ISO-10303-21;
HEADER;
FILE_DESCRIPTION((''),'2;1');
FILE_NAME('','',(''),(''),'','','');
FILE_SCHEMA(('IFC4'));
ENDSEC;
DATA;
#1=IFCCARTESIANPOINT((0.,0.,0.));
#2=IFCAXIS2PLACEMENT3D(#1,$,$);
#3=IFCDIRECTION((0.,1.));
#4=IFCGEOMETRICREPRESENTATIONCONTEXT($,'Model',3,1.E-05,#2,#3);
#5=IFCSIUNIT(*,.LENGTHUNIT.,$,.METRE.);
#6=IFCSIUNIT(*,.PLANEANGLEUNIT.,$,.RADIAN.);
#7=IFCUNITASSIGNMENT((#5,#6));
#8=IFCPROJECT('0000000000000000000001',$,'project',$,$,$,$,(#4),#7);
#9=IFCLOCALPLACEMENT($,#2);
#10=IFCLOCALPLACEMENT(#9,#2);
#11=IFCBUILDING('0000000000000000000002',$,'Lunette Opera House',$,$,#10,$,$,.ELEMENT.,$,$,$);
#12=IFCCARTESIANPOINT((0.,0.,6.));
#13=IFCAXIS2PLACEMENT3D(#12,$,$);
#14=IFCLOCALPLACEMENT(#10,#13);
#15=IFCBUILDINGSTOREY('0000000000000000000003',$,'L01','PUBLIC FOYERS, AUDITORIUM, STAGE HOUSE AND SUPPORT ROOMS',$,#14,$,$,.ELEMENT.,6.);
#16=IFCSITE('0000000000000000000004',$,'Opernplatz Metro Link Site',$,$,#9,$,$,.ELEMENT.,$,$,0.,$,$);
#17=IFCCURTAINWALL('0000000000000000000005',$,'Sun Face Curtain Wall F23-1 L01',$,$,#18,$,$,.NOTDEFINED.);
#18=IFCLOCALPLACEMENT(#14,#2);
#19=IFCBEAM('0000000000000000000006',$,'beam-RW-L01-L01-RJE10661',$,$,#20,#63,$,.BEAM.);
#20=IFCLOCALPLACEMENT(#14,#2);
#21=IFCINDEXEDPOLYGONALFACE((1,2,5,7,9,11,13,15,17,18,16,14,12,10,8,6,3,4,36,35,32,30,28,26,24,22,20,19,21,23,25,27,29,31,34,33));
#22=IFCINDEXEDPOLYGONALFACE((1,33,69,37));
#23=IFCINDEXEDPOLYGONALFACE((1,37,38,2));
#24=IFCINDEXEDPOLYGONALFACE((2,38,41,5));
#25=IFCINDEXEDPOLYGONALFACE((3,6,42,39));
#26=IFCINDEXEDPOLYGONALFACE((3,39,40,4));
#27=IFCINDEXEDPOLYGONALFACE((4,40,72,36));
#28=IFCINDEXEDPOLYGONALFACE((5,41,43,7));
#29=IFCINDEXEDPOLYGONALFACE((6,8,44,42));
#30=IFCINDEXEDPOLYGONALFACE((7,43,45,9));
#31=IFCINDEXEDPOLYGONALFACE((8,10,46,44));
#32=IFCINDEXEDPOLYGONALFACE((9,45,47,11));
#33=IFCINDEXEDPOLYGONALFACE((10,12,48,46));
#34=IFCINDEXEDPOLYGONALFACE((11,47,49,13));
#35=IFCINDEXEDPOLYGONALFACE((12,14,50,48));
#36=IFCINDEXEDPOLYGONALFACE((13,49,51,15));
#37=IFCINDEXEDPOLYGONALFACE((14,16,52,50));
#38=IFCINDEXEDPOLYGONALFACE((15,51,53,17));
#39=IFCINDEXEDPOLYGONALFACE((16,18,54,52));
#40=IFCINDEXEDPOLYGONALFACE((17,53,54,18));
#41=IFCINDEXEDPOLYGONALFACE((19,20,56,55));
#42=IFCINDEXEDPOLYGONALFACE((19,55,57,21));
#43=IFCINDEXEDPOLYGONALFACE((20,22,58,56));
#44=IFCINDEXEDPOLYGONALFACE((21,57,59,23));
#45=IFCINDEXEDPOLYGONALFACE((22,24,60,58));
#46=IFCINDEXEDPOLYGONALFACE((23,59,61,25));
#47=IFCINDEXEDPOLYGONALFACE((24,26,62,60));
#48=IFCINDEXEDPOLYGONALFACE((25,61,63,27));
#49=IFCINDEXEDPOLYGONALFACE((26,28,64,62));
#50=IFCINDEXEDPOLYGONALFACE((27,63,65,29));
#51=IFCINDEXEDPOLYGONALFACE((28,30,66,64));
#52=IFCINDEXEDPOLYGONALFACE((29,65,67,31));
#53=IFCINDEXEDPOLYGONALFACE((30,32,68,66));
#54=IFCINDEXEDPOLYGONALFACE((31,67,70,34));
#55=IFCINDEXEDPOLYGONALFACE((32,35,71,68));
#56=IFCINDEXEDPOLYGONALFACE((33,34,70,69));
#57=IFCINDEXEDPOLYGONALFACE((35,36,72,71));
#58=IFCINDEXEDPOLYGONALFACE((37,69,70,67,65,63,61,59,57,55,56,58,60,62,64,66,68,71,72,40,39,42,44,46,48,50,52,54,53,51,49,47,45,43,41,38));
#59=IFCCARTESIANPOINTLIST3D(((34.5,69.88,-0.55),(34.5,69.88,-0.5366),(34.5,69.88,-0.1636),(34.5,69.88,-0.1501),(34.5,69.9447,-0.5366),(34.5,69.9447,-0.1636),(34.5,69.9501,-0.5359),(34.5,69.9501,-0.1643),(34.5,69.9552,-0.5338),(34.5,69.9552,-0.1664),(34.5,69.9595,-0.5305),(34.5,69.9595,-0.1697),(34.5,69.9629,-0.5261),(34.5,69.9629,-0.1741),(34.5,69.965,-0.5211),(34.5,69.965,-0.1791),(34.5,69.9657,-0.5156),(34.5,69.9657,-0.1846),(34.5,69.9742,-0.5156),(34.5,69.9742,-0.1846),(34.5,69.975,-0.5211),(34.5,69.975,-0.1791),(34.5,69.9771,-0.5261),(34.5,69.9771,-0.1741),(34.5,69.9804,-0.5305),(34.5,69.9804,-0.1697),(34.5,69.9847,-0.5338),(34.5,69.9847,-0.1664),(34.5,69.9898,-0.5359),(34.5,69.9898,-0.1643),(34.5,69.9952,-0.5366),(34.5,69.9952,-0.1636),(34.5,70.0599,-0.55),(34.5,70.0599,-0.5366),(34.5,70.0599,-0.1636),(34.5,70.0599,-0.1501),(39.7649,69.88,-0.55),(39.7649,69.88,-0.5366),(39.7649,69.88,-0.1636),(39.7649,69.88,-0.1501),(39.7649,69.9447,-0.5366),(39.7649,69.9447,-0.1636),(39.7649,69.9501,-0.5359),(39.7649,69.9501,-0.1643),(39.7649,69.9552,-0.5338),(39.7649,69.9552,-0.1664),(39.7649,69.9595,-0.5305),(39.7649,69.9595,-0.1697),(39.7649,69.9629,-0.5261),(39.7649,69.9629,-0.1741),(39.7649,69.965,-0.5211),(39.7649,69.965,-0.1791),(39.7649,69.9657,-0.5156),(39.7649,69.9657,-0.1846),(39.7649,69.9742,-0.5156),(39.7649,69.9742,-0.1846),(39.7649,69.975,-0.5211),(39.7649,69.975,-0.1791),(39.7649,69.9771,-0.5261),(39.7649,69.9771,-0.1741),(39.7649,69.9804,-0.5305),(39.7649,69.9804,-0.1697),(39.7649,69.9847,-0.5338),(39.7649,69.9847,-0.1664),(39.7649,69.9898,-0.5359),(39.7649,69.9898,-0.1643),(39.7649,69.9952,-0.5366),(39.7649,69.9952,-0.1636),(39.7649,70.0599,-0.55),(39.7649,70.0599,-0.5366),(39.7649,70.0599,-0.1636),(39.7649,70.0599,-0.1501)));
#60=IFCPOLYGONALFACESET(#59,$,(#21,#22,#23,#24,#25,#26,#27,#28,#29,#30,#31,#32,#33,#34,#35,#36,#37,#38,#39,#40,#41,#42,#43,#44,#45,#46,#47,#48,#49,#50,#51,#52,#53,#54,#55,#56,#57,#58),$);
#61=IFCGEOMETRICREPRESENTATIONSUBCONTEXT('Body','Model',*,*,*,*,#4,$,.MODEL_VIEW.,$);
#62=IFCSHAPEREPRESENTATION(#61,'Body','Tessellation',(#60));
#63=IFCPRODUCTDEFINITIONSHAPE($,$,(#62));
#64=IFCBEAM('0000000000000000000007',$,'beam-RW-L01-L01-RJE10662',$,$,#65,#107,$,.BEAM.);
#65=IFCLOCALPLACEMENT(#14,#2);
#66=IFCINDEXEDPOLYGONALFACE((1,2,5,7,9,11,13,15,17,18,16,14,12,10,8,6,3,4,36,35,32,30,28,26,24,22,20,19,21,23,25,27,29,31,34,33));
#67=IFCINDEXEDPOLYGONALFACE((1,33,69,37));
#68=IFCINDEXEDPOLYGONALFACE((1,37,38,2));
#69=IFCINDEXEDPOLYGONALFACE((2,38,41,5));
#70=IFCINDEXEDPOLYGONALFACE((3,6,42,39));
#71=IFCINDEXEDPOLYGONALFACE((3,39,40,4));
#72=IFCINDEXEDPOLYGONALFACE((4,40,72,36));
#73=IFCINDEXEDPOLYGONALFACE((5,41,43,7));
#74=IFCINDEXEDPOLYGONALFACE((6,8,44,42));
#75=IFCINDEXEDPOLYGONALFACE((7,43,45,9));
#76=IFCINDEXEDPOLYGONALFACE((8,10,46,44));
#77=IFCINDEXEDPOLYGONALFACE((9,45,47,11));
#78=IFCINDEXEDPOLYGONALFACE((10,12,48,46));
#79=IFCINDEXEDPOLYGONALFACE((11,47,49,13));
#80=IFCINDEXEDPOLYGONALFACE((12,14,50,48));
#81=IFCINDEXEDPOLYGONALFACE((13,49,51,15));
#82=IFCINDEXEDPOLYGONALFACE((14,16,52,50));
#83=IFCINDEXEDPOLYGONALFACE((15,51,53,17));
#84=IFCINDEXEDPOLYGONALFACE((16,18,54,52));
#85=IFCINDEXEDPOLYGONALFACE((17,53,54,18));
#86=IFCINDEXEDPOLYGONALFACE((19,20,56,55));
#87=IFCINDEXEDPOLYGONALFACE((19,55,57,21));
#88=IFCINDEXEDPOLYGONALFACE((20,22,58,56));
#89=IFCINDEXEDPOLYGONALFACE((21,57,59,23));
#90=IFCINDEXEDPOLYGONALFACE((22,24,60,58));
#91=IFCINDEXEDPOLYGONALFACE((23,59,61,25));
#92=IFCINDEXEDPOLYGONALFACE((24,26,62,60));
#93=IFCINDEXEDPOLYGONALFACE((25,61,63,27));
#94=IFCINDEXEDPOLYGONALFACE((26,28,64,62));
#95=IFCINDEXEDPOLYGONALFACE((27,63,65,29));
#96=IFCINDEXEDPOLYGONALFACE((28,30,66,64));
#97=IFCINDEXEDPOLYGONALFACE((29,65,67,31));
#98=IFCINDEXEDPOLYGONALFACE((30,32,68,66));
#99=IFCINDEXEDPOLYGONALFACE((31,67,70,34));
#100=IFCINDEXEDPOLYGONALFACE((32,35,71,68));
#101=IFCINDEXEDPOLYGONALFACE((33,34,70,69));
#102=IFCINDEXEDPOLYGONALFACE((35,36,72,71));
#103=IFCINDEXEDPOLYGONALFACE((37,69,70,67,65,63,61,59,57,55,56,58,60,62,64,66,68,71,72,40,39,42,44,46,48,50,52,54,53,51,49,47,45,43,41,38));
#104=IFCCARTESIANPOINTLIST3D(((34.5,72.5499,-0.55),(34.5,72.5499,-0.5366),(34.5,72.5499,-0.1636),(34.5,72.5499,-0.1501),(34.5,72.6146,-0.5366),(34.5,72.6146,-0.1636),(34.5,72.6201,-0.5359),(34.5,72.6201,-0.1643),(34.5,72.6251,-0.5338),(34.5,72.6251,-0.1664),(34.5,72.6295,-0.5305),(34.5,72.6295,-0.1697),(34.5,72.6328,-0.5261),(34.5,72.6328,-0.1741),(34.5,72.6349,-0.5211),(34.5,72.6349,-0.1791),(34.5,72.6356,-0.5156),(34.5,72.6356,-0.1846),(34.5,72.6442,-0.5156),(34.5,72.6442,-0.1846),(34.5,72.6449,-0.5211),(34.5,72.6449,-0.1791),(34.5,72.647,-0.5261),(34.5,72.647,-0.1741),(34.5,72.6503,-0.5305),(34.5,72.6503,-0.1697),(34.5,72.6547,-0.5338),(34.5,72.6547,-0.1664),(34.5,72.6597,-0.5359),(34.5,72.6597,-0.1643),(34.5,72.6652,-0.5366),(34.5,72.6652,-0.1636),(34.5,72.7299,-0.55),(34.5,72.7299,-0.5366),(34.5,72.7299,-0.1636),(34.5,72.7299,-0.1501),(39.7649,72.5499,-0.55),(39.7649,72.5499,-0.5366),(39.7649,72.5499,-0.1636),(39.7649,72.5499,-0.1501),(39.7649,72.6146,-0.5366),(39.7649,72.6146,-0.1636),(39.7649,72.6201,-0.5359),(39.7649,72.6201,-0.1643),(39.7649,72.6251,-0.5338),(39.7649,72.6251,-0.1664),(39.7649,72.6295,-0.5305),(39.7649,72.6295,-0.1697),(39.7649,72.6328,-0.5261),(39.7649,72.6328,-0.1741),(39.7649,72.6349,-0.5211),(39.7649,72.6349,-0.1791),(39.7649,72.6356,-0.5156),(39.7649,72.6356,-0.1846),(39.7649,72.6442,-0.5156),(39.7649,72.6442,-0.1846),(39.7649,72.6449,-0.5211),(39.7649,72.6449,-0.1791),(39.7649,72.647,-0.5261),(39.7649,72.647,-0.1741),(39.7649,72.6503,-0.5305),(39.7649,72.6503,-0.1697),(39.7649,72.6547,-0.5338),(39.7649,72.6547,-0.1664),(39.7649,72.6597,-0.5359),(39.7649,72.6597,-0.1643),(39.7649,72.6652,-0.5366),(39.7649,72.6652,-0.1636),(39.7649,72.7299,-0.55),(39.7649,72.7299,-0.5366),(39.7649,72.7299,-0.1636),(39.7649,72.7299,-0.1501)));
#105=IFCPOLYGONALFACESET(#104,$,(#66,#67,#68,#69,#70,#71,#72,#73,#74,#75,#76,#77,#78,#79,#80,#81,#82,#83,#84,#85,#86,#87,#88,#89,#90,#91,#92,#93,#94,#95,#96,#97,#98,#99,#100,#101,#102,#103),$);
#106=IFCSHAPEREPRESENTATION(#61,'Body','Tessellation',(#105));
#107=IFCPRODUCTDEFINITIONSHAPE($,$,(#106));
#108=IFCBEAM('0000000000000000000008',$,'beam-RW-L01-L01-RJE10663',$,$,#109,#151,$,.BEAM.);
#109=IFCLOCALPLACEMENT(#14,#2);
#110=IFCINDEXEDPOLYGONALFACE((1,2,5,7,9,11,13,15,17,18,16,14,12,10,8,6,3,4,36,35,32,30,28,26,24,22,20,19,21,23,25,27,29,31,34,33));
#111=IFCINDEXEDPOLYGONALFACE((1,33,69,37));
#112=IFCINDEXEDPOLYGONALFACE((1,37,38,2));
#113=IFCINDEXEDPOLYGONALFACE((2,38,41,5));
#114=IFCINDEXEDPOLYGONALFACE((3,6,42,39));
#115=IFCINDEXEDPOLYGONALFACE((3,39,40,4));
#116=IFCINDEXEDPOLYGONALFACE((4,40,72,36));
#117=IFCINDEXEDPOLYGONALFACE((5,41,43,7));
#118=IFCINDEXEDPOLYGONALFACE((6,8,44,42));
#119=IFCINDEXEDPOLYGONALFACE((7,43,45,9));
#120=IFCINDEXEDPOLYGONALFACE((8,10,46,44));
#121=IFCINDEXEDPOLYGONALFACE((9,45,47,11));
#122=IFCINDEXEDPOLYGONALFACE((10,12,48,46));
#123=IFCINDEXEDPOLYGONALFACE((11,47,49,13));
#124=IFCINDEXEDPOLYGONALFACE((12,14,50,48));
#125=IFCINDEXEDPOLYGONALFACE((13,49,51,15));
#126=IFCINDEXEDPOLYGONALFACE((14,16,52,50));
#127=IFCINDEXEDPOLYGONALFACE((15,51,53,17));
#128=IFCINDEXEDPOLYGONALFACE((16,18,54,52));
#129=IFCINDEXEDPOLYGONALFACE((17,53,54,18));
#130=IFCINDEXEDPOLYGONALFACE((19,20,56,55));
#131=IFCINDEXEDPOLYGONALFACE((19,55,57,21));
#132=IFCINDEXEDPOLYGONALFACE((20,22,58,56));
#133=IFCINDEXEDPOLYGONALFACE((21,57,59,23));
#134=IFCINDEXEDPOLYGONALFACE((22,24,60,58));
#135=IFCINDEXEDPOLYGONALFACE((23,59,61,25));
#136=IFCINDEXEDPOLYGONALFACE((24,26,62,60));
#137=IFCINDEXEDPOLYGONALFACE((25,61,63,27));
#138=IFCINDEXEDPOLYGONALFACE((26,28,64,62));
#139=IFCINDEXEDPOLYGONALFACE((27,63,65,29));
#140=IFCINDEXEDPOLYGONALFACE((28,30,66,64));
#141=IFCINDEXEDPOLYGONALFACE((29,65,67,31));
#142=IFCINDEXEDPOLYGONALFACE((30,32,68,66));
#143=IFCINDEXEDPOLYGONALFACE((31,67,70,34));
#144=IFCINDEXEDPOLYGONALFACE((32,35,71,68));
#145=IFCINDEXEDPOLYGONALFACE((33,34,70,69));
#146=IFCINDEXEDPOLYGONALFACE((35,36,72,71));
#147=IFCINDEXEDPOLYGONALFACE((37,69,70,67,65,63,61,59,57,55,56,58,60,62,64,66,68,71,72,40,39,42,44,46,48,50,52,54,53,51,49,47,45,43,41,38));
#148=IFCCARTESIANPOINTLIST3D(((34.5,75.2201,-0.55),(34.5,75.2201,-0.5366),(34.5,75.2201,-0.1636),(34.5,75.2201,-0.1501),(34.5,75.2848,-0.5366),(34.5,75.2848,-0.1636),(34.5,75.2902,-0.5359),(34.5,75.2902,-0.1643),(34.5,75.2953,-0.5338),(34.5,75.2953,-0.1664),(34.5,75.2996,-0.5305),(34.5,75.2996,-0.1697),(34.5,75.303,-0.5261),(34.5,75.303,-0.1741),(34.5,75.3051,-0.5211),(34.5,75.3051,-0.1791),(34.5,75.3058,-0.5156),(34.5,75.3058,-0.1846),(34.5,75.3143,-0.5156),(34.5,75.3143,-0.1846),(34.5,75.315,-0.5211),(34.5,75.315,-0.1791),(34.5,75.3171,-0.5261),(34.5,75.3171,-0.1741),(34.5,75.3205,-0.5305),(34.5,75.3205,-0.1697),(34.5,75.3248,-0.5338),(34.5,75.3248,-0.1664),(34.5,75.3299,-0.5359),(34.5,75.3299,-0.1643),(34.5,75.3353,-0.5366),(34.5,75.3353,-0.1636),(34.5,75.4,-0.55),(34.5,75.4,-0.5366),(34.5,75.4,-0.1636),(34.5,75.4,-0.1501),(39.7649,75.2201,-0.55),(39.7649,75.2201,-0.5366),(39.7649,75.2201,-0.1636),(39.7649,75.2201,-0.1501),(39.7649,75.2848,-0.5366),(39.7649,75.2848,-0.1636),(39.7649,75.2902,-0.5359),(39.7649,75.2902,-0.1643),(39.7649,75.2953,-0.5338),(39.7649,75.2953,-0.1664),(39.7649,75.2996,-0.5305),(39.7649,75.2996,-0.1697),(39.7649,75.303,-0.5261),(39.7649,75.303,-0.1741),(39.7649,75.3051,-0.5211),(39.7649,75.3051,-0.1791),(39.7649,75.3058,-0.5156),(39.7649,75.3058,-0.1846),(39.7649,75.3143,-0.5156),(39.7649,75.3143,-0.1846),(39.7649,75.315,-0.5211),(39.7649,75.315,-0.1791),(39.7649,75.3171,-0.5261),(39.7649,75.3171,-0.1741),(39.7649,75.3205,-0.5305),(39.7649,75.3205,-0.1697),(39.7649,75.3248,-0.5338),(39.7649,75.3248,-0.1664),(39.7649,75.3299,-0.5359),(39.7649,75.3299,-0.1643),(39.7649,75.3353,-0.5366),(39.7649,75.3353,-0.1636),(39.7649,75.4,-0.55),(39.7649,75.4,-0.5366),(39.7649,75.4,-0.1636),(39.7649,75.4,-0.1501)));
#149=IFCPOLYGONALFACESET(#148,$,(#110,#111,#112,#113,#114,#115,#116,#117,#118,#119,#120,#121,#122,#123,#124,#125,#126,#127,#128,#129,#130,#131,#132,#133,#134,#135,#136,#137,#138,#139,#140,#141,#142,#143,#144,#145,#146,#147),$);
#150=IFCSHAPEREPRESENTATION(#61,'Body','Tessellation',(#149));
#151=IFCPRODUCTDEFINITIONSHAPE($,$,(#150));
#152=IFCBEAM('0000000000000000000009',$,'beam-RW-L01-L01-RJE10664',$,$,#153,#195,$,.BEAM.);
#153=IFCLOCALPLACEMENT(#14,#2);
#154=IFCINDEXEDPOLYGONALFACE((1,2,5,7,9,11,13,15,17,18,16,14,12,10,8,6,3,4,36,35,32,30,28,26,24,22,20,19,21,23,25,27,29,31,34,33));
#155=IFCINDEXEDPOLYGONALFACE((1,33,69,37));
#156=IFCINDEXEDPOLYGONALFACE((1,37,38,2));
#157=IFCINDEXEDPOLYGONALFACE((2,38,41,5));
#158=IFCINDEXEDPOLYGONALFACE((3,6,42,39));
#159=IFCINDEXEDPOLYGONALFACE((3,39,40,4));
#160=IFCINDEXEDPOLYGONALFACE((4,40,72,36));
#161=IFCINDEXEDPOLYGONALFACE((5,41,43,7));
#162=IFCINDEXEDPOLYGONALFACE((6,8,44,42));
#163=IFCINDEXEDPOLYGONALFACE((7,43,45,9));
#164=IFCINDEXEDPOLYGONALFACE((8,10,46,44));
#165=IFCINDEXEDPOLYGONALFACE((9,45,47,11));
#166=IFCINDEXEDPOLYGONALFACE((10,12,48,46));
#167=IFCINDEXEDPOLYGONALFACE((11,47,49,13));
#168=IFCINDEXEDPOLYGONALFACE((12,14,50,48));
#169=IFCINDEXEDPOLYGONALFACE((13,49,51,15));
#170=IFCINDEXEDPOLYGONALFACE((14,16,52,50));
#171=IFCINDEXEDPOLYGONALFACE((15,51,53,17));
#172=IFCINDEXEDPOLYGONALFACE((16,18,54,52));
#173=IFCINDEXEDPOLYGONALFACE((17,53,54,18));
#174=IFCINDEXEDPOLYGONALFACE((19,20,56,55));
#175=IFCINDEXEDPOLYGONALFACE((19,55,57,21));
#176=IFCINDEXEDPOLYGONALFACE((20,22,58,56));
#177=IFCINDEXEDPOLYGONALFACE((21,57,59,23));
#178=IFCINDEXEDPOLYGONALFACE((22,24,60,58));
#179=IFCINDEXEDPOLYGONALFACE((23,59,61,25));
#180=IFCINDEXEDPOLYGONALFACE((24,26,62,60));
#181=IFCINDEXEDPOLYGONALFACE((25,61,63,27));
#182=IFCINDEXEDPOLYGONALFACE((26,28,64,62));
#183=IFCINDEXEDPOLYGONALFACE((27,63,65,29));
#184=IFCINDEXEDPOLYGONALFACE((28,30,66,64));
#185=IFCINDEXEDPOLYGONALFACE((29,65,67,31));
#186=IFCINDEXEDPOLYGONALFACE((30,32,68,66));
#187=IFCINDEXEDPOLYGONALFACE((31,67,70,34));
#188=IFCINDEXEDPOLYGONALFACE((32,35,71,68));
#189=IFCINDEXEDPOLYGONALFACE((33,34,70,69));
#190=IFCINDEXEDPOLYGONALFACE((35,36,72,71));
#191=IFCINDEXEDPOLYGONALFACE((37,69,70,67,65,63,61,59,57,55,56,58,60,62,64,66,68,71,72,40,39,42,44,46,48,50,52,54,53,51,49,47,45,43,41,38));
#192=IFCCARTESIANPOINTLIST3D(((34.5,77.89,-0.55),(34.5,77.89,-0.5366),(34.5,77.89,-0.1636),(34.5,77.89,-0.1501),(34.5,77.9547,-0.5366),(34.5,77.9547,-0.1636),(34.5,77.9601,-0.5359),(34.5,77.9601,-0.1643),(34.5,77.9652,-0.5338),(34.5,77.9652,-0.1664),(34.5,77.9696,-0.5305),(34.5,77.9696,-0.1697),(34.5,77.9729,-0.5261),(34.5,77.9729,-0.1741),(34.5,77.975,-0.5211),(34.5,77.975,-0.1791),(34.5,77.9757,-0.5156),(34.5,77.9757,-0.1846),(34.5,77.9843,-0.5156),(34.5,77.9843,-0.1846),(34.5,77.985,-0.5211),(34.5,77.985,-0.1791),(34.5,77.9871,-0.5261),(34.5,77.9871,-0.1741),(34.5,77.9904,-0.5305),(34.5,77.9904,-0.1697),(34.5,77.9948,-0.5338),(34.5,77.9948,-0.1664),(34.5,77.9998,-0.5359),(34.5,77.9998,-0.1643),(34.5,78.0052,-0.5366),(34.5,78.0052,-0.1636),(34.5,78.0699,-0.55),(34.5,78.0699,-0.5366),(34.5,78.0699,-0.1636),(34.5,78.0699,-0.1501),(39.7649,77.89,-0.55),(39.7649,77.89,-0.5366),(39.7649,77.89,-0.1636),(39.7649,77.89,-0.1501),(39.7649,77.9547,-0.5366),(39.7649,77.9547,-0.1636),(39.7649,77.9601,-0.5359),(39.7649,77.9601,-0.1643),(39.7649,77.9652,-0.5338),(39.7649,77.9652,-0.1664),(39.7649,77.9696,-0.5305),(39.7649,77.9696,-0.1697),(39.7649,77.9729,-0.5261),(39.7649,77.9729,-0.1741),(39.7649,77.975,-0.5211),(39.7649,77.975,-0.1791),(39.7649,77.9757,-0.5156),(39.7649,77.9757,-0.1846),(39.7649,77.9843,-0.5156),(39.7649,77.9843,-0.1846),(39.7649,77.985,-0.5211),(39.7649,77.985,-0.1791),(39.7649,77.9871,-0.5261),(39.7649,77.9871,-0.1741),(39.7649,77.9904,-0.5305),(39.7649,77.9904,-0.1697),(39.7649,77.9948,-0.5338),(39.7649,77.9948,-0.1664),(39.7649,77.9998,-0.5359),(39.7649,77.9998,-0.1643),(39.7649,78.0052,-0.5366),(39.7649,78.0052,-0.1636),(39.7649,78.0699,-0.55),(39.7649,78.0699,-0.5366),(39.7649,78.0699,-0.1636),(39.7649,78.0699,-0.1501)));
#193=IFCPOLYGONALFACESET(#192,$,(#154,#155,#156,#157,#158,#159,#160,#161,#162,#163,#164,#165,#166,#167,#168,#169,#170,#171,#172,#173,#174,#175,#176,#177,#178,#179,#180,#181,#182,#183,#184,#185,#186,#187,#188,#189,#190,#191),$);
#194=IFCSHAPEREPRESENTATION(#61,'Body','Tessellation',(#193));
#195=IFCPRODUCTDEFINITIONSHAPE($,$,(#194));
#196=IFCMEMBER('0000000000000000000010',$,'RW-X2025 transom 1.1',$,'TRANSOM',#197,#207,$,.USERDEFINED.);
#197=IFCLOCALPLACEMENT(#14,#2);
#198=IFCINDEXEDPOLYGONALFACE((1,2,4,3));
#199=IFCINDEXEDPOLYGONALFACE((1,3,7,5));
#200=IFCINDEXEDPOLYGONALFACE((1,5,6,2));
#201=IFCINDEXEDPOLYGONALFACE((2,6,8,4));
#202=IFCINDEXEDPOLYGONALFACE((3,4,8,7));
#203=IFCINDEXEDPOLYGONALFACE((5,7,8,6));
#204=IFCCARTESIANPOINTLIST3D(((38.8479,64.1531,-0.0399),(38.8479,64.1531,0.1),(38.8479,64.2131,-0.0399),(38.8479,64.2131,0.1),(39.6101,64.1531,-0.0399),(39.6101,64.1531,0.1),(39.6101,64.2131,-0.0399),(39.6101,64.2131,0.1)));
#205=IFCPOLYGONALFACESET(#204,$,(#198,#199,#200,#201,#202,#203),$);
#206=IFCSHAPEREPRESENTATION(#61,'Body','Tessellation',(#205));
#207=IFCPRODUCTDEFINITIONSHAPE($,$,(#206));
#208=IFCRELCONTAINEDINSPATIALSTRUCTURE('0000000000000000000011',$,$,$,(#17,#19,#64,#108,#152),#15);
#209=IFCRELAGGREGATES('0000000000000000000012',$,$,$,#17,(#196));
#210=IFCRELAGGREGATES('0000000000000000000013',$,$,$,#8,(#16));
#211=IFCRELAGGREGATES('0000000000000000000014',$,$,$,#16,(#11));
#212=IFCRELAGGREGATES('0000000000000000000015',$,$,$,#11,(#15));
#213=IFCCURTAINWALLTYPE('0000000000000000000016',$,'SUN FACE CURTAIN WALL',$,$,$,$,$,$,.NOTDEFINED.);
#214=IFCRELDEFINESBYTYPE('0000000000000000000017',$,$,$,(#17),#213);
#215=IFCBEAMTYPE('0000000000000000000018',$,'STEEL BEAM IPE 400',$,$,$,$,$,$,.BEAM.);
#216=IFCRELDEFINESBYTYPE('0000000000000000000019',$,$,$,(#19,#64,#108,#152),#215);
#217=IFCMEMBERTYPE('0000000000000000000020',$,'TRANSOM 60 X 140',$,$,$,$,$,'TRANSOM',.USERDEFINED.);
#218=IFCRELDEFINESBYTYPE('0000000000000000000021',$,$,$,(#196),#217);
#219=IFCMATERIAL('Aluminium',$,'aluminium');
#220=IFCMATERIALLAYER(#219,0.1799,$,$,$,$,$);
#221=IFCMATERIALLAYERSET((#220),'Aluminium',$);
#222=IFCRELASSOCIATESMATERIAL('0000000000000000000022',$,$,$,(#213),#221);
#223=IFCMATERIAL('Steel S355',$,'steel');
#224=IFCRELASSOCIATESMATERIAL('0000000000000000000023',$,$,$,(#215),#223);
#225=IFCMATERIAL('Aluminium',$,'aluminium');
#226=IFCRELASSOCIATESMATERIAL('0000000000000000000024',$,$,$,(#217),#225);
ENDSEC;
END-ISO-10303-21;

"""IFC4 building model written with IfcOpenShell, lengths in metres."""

from ifc_helpers import new_model, si_unit, direction, frame, origin, origin_2d, place, context, subcontext, project, spatial, rectangle, i_section, extrude, material, layer, layer_set, material_profile, profile_set, type_object, element, aggregate, save


model = new_model("IFC4")

# Units and contexts
model_context = context("Model", 3, precision=1e-05, world=origin(), true_north=direction((0.0, 1.0)))
body_context = subcontext(model_context, "Body", "Model", "MODEL_VIEW")
ifc_project = project(units=[si_unit("LENGTHUNIT", "METRE"), si_unit("PLANEANGLEUNIT", "RADIAN")], contexts=[model_context])

# Site, building, storey
site_placement = place(None, origin())
site = spatial("IfcSite", under=ifc_project, at=site_placement, Name="Opernplatz Metro Link Site", CompositionType="ELEMENT", RefElevation=0.0)
building_placement = place(site_placement, origin())
building = spatial("IfcBuilding", under=site, at=building_placement, Name="Lunette Opera House", CompositionType="ELEMENT")
storey_placement = place(building_placement, frame((0.0, 0.0, 6.0)))
storey = spatial("IfcBuildingStorey", under=building, at=storey_placement, Name="L01", Description="PUBLIC FOYERS, AUDITORIUM, STAGE HOUSE AND SUPPORT ROOMS", CompositionType="ELEMENT", Elevation=6.0)

# Curtain wall
ifc_material_1 = material(Name="Aluminium", Category="aluminium")
ifc_layer_1 = layer(ifc_material_1, 0.1799)
ifc_layer_set_1 = layer_set([ifc_layer_1], Name="Aluminium")
curtain_wall_type = type_object("IfcCurtainWallType", Name="SUN FACE CURTAIN WALL", PredefinedType="NOTDEFINED", material=ifc_layer_set_1)
curtain_wall_placement = place(storey_placement, origin())
curtain_wall = element("IfcCurtainWall", 1, at=curtain_wall_placement, inside=storey, type_object=curtain_wall_type, Name="Sun Face Curtain Wall F23-1 L01", PredefinedType="NOTDEFINED")

# Beams
ifc_material_2 = material(Name="Steel S355", Category="steel")
ifc_material_profile_1 = material_profile(ifc_material_2, i_section(OverallWidth=0.1799, OverallDepth=0.3999, WebThickness=0.0085, FlangeThickness=0.0134, FilletRadius=0.021, at=origin_2d()), Name="IPE 400")
ifc_profile_set_1 = profile_set([ifc_material_profile_1], Name="Steel S355")
beam_type_1 = type_object("IfcBeamType", Name="STEEL BEAM IPE 400", PredefinedType="BEAM", material=ifc_profile_set_1)
for number, where, z_axis, x_axis, name in (
    (2, (34.5, 69.97, -0.3501), (1.0, 0.0, 0.0), (0.0, 1.0, 0.0), "beam-RW-L01-L01-RJE10661"),
    (3, (34.5, 72.6399, -0.3501), (1.0, 0.0, 0.0), (0.0, 1.0, 0.0), "beam-RW-L01-L01-RJE10662"),
    (4, (34.5, 75.3101, -0.3501), (1.0, 0.0, 0.0), (0.0, 1.0, 0.0), "beam-RW-L01-L01-RJE10663"),
    (5, (34.5, 77.98, -0.3501), (1.0, 0.0, 0.0), (0.0, 1.0, 0.0), "beam-RW-L01-L01-RJE10664"),
):
    element("IfcBeam", number, at=place(storey_placement, frame(where, z_axis=z_axis, x_axis=x_axis)), inside=storey, type_object=beam_type_1, Name=name, PredefinedType="BEAM", context=body_context, shape_type="SweptSolid", body=[
        extrude(i_section(OverallWidth=0.1799, OverallDepth=0.3999, WebThickness=0.0085, FlangeThickness=0.0134, FilletRadius=0.021, at=origin_2d()), origin(), (0.0, 0.0, 1.0), 5.2649),
    ])

# Member
ifc_material_3 = material(Name="Aluminium", Category="aluminium")
ifc_material_profile_2 = material_profile(ifc_material_3, rectangle(XDim=0.0601, YDim=0.1399, at=origin_2d()), Name="TRANSOM 60 X 140")
ifc_profile_set_2 = profile_set([ifc_material_profile_2], Name="Aluminium")
member_type_1 = type_object("IfcMemberType", Name="TRANSOM 60 X 140", ElementType="TRANSOM", PredefinedType="USERDEFINED", material=ifc_profile_set_2)
member_1_placement = place(storey_placement, frame((38.8479, 64.1831, 0.03), z_axis=(1.0, 0.0, 0.0), x_axis=(0.0, 1.0, 0.0)))
member_1 = element("IfcMember", 6, at=member_1_placement, type_object=member_type_1, Name="RW-X2025 transom 1.1", ObjectType="TRANSOM", PredefinedType="USERDEFINED", context=body_context, shape_type="SweptSolid", body=[
    extrude(rectangle(XDim=0.0601, YDim=0.1399, at=origin_2d()), origin(), (0.0, 0.0, 1.0), 0.7622),
])

aggregate(curtain_wall, [member_1])

save(model, "model.ifc")
